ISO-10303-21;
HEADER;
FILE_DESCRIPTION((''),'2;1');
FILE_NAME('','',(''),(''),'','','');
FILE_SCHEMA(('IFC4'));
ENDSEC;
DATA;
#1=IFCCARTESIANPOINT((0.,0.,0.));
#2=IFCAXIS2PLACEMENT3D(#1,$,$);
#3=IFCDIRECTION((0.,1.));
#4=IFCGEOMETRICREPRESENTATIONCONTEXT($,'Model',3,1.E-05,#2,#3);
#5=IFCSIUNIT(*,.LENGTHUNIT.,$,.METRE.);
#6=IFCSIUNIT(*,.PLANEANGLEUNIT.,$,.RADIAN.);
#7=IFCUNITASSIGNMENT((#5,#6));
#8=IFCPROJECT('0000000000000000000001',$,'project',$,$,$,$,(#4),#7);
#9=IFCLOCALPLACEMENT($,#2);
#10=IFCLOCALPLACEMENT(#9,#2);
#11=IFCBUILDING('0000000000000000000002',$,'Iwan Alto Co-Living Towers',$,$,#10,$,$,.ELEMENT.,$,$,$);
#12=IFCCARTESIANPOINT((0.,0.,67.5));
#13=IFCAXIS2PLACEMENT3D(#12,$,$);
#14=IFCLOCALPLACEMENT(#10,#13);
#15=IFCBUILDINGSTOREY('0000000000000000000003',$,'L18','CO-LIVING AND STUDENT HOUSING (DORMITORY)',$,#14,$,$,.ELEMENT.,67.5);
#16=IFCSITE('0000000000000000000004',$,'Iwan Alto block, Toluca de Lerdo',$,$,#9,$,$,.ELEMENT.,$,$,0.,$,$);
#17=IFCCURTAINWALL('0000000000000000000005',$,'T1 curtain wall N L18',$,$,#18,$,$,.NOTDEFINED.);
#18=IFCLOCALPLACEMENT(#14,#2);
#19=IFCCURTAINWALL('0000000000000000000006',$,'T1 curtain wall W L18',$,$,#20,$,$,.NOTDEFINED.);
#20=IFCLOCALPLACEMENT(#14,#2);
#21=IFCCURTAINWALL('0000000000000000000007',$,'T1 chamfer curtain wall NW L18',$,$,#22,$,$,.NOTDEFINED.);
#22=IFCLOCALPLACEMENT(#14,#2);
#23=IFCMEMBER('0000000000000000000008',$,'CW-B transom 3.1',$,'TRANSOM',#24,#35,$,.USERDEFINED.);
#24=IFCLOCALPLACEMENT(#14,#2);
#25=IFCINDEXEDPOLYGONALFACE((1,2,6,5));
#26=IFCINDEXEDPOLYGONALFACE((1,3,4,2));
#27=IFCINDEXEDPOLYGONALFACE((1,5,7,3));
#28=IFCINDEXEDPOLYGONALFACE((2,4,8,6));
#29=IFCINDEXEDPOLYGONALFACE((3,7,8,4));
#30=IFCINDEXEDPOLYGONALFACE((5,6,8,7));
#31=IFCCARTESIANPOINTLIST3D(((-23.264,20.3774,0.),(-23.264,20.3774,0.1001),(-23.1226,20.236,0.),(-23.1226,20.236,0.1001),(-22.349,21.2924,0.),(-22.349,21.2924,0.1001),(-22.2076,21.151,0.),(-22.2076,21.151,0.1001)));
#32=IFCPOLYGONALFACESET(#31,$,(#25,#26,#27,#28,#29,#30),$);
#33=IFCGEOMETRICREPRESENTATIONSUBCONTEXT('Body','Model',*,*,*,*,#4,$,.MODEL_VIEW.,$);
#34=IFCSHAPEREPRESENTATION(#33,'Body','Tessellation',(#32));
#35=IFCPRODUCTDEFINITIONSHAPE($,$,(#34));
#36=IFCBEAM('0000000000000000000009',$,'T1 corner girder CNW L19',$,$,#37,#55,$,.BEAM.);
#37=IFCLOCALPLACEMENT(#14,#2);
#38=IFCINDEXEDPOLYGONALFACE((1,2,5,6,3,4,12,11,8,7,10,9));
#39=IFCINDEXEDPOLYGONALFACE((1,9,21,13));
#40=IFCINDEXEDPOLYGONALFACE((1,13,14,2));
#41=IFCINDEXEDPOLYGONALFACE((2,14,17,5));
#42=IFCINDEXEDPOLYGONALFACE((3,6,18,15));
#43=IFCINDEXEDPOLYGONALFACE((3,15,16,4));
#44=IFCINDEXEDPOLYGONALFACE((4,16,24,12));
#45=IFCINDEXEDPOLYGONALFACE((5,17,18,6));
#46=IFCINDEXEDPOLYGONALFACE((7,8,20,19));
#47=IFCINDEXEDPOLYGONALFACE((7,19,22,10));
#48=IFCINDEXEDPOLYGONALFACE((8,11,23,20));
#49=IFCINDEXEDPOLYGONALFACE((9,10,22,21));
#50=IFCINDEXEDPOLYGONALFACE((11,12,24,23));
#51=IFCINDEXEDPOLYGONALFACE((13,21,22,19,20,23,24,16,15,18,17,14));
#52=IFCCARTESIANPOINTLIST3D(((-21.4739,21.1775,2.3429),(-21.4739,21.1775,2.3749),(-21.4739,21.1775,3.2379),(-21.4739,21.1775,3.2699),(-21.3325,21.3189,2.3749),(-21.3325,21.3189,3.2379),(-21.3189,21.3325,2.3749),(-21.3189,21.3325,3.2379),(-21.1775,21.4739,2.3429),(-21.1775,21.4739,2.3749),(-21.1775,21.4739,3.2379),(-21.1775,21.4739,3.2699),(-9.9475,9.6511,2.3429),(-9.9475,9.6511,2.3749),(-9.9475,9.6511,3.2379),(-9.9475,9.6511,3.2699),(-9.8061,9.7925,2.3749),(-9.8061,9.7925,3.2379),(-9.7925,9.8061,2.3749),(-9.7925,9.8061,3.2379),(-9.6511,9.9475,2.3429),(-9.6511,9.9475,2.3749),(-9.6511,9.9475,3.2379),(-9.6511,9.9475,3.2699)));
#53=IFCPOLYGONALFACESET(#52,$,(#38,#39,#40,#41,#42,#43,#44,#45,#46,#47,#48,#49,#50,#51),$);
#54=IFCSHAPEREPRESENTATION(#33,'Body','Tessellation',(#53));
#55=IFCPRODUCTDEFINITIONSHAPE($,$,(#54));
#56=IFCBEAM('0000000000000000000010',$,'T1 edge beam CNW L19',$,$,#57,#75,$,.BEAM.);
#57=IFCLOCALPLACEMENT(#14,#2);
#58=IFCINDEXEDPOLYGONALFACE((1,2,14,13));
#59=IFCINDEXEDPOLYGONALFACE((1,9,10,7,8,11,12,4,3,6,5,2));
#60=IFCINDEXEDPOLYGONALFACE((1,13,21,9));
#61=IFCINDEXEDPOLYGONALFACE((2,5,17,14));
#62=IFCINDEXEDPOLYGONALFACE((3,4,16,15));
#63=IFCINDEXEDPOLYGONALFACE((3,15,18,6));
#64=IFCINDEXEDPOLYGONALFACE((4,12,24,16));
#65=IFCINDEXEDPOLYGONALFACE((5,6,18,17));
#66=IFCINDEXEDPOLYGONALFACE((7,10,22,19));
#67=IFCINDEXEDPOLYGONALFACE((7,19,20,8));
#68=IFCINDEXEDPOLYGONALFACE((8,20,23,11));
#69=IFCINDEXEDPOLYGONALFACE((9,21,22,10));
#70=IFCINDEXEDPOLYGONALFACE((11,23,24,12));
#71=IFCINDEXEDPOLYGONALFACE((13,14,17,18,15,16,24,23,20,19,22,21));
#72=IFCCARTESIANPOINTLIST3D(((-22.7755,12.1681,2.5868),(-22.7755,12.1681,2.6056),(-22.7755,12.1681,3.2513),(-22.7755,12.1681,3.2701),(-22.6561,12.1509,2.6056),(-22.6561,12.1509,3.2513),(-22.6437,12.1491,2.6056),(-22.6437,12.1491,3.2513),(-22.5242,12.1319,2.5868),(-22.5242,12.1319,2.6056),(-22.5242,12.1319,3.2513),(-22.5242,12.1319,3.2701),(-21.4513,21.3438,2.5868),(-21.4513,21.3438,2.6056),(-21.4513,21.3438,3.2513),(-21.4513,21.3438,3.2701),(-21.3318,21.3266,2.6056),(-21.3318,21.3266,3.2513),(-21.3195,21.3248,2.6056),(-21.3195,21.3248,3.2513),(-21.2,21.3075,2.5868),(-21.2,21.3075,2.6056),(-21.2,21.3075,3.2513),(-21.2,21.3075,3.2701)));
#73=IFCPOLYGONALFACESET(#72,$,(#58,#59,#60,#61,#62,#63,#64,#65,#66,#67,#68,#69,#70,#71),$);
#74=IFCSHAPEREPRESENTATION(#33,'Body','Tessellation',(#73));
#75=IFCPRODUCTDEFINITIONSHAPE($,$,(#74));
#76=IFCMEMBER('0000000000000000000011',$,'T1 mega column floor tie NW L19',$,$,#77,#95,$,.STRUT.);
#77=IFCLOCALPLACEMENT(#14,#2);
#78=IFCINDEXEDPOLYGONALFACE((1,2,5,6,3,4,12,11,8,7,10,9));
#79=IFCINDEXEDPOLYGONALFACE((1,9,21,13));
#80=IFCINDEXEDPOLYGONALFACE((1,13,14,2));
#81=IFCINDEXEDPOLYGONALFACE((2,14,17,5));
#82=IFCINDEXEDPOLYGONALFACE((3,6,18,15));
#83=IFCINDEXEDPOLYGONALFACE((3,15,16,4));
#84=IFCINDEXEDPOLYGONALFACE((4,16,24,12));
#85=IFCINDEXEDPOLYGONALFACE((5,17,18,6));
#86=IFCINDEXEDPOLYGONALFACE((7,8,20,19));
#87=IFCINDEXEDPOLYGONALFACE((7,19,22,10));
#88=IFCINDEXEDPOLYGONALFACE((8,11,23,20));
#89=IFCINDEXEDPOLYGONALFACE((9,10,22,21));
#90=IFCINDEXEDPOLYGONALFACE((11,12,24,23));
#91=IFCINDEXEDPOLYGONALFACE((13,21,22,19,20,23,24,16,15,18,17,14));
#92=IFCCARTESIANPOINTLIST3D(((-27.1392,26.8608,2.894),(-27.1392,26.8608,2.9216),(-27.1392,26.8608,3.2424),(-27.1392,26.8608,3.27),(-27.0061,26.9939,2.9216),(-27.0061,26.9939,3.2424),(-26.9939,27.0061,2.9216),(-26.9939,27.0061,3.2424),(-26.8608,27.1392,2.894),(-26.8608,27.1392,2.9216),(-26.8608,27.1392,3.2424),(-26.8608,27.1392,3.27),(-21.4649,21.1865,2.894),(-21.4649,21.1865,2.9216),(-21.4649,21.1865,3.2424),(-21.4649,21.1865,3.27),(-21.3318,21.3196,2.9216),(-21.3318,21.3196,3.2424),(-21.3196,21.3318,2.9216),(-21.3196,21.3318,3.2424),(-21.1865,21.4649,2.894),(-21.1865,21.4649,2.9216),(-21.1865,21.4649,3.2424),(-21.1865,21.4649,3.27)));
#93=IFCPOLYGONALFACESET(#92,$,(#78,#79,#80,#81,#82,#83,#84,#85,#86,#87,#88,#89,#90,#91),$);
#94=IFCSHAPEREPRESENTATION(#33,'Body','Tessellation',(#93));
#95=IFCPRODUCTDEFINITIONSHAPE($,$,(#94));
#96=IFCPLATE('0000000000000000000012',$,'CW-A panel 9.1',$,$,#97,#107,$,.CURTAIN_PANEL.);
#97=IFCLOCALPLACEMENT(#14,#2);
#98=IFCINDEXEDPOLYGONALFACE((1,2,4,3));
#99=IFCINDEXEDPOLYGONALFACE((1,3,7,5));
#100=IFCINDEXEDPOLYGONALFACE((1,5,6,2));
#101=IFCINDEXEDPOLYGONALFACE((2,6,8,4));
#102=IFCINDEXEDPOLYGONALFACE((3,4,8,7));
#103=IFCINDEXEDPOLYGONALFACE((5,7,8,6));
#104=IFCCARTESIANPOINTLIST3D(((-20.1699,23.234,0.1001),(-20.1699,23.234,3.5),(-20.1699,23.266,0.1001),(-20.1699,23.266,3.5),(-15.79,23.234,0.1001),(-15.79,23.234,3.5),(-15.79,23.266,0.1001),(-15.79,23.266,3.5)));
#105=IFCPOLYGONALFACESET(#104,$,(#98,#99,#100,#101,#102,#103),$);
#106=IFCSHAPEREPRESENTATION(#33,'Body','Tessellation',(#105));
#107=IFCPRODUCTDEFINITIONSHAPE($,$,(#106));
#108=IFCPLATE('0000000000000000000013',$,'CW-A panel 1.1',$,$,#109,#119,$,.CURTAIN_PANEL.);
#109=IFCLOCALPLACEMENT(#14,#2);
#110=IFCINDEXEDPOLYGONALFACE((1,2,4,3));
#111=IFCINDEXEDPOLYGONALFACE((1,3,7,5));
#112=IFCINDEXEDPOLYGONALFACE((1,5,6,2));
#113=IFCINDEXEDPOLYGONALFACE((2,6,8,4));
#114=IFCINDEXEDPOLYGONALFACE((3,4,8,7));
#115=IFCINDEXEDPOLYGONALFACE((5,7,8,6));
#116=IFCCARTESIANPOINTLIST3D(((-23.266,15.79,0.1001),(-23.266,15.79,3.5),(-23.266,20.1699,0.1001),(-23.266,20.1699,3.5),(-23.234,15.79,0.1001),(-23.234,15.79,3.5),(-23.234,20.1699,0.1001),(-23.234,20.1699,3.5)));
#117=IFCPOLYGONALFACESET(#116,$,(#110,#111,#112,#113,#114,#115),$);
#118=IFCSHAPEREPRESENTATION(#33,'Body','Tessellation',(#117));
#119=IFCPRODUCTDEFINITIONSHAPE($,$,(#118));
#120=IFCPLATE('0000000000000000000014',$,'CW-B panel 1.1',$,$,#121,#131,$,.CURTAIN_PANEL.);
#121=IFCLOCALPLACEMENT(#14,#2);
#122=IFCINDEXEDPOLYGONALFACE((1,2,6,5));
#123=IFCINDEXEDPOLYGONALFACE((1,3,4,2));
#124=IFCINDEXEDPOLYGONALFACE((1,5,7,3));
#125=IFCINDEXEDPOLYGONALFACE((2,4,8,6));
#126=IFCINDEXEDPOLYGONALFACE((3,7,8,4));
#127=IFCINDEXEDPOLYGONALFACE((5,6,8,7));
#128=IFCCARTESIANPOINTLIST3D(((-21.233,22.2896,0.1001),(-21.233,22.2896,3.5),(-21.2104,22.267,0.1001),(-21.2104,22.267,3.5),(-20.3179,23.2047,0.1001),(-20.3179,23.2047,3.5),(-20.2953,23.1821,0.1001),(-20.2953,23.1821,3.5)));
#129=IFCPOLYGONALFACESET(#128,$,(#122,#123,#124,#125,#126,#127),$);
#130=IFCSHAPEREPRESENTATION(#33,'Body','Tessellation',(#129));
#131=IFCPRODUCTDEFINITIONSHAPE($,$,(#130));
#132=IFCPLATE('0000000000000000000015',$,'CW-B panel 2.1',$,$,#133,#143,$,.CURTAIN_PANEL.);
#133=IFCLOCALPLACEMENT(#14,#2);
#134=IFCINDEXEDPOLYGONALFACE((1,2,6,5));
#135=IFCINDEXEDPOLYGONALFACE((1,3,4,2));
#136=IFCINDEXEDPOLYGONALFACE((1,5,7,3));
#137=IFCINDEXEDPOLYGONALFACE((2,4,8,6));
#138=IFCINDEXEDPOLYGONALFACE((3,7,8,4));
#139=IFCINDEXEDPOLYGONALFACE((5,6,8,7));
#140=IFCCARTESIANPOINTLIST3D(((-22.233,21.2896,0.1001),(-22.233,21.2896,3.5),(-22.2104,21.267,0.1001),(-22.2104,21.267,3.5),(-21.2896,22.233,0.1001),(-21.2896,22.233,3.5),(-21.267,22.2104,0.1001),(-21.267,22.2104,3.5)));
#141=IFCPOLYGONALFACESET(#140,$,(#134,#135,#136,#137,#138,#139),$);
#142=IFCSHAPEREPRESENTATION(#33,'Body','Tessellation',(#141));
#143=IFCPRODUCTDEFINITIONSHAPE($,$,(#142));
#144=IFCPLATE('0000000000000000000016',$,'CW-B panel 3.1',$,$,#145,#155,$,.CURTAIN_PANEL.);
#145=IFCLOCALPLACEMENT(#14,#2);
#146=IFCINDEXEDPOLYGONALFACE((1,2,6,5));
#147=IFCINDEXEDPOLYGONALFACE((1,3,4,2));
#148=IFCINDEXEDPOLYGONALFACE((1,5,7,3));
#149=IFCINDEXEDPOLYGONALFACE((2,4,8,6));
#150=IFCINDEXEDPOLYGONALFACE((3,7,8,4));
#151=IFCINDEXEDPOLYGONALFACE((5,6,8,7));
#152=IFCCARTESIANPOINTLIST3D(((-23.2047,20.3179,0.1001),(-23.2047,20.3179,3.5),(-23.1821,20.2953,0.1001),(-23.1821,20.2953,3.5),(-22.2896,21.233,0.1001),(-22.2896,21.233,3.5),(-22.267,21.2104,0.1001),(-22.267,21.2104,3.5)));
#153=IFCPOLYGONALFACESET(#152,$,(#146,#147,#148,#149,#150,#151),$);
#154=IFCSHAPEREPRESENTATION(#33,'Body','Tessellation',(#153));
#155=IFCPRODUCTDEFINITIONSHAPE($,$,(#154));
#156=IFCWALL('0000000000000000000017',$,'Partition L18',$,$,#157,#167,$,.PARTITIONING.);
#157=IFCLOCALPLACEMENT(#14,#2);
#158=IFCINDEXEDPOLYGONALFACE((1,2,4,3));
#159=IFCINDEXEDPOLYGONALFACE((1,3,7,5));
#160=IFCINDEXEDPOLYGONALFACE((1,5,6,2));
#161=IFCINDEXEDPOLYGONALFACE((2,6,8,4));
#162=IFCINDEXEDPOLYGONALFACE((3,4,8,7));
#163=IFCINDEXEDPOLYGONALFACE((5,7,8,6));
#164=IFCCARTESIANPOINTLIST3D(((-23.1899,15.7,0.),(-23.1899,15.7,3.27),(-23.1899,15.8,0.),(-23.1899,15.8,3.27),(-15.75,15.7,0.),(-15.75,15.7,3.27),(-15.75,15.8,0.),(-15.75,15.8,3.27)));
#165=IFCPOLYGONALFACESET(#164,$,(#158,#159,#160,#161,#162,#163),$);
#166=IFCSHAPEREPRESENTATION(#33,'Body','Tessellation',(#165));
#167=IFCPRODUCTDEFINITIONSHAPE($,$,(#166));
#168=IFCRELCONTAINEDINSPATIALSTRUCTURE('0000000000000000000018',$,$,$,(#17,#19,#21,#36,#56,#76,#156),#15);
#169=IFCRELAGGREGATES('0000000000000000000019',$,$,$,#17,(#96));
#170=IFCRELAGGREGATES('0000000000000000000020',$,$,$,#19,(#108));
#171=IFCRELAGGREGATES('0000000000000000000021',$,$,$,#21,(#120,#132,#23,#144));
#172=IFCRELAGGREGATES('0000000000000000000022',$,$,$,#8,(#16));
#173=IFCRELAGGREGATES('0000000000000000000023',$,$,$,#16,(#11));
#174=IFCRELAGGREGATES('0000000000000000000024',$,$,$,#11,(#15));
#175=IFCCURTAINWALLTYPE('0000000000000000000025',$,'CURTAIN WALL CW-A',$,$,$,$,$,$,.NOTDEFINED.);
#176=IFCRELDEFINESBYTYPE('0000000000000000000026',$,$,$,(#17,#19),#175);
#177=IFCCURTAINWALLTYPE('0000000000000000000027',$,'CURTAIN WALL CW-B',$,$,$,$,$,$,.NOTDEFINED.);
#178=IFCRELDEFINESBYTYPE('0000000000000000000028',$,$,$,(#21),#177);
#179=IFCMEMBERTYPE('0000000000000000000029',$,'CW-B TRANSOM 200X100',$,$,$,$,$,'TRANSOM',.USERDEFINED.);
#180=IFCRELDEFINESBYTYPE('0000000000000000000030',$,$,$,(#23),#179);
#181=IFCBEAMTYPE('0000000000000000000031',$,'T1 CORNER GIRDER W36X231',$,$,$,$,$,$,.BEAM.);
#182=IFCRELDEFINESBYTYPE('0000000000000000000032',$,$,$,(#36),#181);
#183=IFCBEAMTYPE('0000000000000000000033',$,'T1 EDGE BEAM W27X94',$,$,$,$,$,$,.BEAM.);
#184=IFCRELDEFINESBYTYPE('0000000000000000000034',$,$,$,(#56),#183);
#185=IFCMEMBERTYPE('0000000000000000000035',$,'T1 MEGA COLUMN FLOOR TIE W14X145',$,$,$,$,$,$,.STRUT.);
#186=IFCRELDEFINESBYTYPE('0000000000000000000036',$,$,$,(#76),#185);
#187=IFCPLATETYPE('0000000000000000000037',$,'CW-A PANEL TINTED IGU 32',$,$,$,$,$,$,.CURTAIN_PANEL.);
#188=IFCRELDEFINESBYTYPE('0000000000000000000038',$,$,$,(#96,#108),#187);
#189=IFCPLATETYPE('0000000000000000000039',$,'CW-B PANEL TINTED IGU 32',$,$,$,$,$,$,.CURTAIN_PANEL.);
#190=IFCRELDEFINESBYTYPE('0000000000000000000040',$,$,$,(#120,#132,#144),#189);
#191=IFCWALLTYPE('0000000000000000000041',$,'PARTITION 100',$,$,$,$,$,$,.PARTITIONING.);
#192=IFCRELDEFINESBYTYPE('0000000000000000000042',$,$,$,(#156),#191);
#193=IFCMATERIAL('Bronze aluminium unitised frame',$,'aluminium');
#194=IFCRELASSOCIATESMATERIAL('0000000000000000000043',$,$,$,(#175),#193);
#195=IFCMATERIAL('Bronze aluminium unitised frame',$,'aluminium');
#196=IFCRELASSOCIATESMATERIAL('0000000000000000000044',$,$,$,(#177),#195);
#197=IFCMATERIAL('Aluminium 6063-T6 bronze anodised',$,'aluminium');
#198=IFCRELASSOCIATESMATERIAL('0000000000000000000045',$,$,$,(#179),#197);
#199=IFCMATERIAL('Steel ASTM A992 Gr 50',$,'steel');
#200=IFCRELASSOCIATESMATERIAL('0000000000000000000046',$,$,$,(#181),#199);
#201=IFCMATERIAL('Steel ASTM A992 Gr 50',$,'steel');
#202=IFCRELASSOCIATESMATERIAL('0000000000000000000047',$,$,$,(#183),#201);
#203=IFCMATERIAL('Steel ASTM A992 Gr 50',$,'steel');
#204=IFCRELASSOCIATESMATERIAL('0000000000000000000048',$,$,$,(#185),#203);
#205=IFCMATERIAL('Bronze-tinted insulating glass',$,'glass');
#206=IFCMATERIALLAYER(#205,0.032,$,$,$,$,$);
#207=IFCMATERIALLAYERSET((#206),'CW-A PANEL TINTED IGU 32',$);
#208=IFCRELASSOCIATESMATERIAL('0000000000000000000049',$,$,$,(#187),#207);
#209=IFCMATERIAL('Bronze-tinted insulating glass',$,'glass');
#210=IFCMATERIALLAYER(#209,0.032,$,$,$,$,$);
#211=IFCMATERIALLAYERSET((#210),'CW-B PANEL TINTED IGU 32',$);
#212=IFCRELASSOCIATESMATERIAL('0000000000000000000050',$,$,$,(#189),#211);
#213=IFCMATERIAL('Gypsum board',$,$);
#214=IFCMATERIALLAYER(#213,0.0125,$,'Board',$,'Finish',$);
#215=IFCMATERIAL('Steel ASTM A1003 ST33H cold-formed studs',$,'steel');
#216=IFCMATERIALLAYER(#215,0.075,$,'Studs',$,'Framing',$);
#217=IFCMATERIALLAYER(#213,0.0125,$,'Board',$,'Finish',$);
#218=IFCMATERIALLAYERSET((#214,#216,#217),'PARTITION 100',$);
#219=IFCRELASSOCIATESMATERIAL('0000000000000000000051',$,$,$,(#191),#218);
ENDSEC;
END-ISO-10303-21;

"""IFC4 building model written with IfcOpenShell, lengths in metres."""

from ifc_helpers import new_model, si_unit, direction, frame, frame_2d, origin, origin_2d, place, context, subcontext, project, spatial, rectangle, i_section, extrude, material, layer, layer_set, material_profile, profile_set, type_object, element, aggregate, save


model = new_model("IFC4")

# Units and contexts
model_context = context("Model", 3, precision=1e-05, world=origin(), true_north=direction((0.0, 1.0)))
body_context = subcontext(model_context, "Body", "Model", "MODEL_VIEW")
ifc_project = project(units=[si_unit("LENGTHUNIT", "METRE"), si_unit("PLANEANGLEUNIT", "RADIAN")], contexts=[model_context])

# Site, building, storey
site_placement = place(None, origin())
site = spatial("IfcSite", under=ifc_project, at=site_placement, Name="Iwan Alto block, Toluca de Lerdo", CompositionType="ELEMENT", RefElevation=0.0)
building_placement = place(site_placement, origin())
building = spatial("IfcBuilding", under=site, at=building_placement, Name="Iwan Alto Co-Living Towers", CompositionType="ELEMENT")
storey_placement = place(building_placement, frame((0.0, 0.0, 67.5)))
storey = spatial("IfcBuildingStorey", under=building, at=storey_placement, Name="L18", Description="CO-LIVING AND STUDENT HOUSING (DORMITORY)", CompositionType="ELEMENT", Elevation=67.5)

# Curtain wall
ifc_material_1 = material(Name="Bronze aluminium unitised frame", Category="aluminium")
curtain_wall_type_1 = type_object("IfcCurtainWallType", Name="CURTAIN WALL CW-A", PredefinedType="NOTDEFINED", material=ifc_material_1)
curtain_wall_1_placement = place(storey_placement, origin())
curtain_wall_1 = element("IfcCurtainWall", 1, at=curtain_wall_1_placement, inside=storey, type_object=curtain_wall_type_1, Name="T1 curtain wall N L18", PredefinedType="NOTDEFINED")

# Curtain walls, member
curtain_wall_2_placement = place(storey_placement, origin())
curtain_wall_2 = element("IfcCurtainWall", 2, at=curtain_wall_2_placement, inside=storey, type_object=curtain_wall_type_1, Name="T1 curtain wall W L18", PredefinedType="NOTDEFINED")
ifc_material_2 = material(Name="Bronze aluminium unitised frame", Category="aluminium")
curtain_wall_type_2 = type_object("IfcCurtainWallType", Name="CURTAIN WALL CW-B", PredefinedType="NOTDEFINED", material=ifc_material_2)
curtain_wall_3_placement = place(storey_placement, origin())
curtain_wall_3 = element("IfcCurtainWall", 3, at=curtain_wall_3_placement, inside=storey, type_object=curtain_wall_type_2, Name="T1 chamfer curtain wall NW L18", PredefinedType="NOTDEFINED")
ifc_material_3 = material(Name="Aluminium 6063-T6 bronze anodised", Category="aluminium")
ifc_material_profile_1 = material_profile(ifc_material_3, rectangle(XDim=0.2, YDim=0.1001, at=origin_2d()), Name="AL 200X100")
ifc_profile_set_1 = profile_set([ifc_material_profile_1], Name="Aluminium 6063-T6 bronze anodised")
member_type_1 = type_object("IfcMemberType", Name="CW-B TRANSOM 200X100", ElementType="TRANSOM", PredefinedType="USERDEFINED", material=ifc_profile_set_1)
member_1_placement = place(storey_placement, frame((-22.2783, 21.2217, 0.05), z_axis=(-0.707107, -0.707107, 0.0), x_axis=(0.707107, -0.707107, 0.0)))
member_1 = element("IfcMember", 4, at=member_1_placement, type_object=member_type_1, Name="CW-B transom 3.1", ObjectType="TRANSOM", PredefinedType="USERDEFINED", context=body_context, shape_type="SweptSolid", body=[
    extrude(rectangle(XDim=0.2, YDim=0.1001, at=origin_2d()), origin(), (0.0, 0.0, 1.0), 1.2939),
])

# Beams
ifc_material_4 = material(Name="Steel ASTM A992 Gr 50", Category="steel")
ifc_material_profile_2 = material_profile(ifc_material_4, i_section(OverallWidth=0.4192, OverallDepth=0.927, WebThickness=0.0193, FlangeThickness=0.032, at=origin_2d()), Name="W36X231")
ifc_profile_set_2 = profile_set([ifc_material_profile_2], Name="Steel ASTM A992 Gr 50")
beam_type_1 = type_object("IfcBeamType", Name="T1 CORNER GIRDER W36X231", PredefinedType="BEAM", material=ifc_profile_set_2)
beam_1_placement = place(storey_placement, frame((-21.3257, 21.3257, 2.8064), z_axis=(0.707107, -0.707107, 0.0), x_axis=(0.707107, 0.707107, 0.0)))
element("IfcBeam", 5, at=beam_1_placement, inside=storey, type_object=beam_type_1, Name="T1 corner girder CNW L19", PredefinedType="BEAM", context=body_context, shape_type="SweptSolid", body=[
    extrude(i_section(OverallWidth=0.4192, OverallDepth=0.927, WebThickness=0.0193, FlangeThickness=0.032, at=origin_2d()), origin(), (0.0, 0.0, 1.0), 16.3008),
])
ifc_material_5 = material(Name="Steel ASTM A992 Gr 50", Category="steel")
ifc_material_profile_3 = material_profile(ifc_material_5, i_section(OverallWidth=0.2539, OverallDepth=0.6833, WebThickness=0.0125, FlangeThickness=0.0188, at=origin_2d()), Name="W27X94")
ifc_profile_set_3 = profile_set([ifc_material_profile_3], Name="Steel ASTM A992 Gr 50")
beam_type_2 = type_object("IfcBeamType", Name="T1 EDGE BEAM W27X94", PredefinedType="BEAM", material=ifc_profile_set_3)
beam_2_placement = place(storey_placement, frame((-21.3257, 21.3257, 2.9285), z_axis=(-0.142837, -0.989746, 0.0), x_axis=(0.989746, -0.142837, 0.0)))
element("IfcBeam", 6, at=beam_2_placement, inside=storey, type_object=beam_type_2, Name="T1 edge beam CNW L19", PredefinedType="BEAM", context=body_context, shape_type="SweptSolid", body=[
    extrude(i_section(OverallWidth=0.2539, OverallDepth=0.6833, WebThickness=0.0125, FlangeThickness=0.0188, at=origin_2d()), origin(), (0.0, 0.0, 1.0), 9.2708),
])

# Member
ifc_material_6 = material(Name="Steel ASTM A992 Gr 50", Category="steel")
ifc_material_profile_4 = material_profile(ifc_material_6, i_section(OverallWidth=0.3938, OverallDepth=0.376, WebThickness=0.0173, FlangeThickness=0.0276, at=origin_2d()), Name="W14X145")
ifc_profile_set_4 = profile_set([ifc_material_profile_4], Name="Steel ASTM A992 Gr 50")
member_type_2 = type_object("IfcMemberType", Name="T1 MEGA COLUMN FLOOR TIE W14X145", PredefinedType="STRUT", material=ifc_profile_set_4)
member_2_placement = place(storey_placement, frame((-27.0, 27.0, 3.082), z_axis=(0.707107, -0.707107, 0.0), x_axis=(0.707107, 0.707107, 0.0)))
element("IfcMember", 7, at=member_2_placement, inside=storey, type_object=member_type_2, Name="T1 mega column floor tie NW L19", PredefinedType="STRUT", context=body_context, shape_type="SweptSolid", body=[
    extrude(i_section(OverallWidth=0.3938, OverallDepth=0.376, WebThickness=0.0173, FlangeThickness=0.0276, at=origin_2d()), origin(), (0.0, 0.0, 1.0), 8.0247),
])

# Plates
ifc_material_7 = material(Name="Bronze-tinted insulating glass", Category="glass")
ifc_layer_1 = layer(ifc_material_7, 0.032)
ifc_layer_set_1 = layer_set([ifc_layer_1], Name="CW-A PANEL TINTED IGU 32")
plate_type_1 = type_object("IfcPlateType", Name="CW-A PANEL TINTED IGU 32", PredefinedType="CURTAIN_PANEL", material=ifc_layer_set_1)
plate_1_placement = place(storey_placement, frame((-17.98, 23.25, 0.1001), z_axis=(0.0, 0.0, 1.0), x_axis=(-1.0, 0.0, 0.0)))
plate_1 = element("IfcPlate", 8, at=plate_1_placement, type_object=plate_type_1, Name="CW-A panel 9.1", PredefinedType="CURTAIN_PANEL", context=body_context, shape_type="SweptSolid", body=[
    extrude(rectangle(XDim=4.3799, YDim=0.032, at=origin_2d()), origin(), (0.0, 0.0, 1.0), 3.3999),
])
aggregate(curtain_wall_1, [plate_1])
plate_2_placement = place(storey_placement, frame((-23.25, 17.98, 0.1001), z_axis=(0.0, 0.0, 1.0), x_axis=(0.0, -1.0, 0.0)))
plate_2 = element("IfcPlate", 9, at=plate_2_placement, type_object=plate_type_1, Name="CW-A panel 1.1", PredefinedType="CURTAIN_PANEL", context=body_context, shape_type="SweptSolid", body=[
    extrude(rectangle(XDim=4.3799, YDim=0.032, at=origin_2d()), origin(), (0.0, 0.0, 1.0), 3.3999),
])
aggregate(curtain_wall_2, [plate_2])
ifc_material_8 = material(Name="Bronze-tinted insulating glass", Category="glass")
ifc_layer_2 = layer(ifc_material_8, 0.032)
ifc_layer_set_2 = layer_set([ifc_layer_2], Name="CW-B PANEL TINTED IGU 32")
plate_type_2 = type_object("IfcPlateType", Name="CW-B PANEL TINTED IGU 32", PredefinedType="CURTAIN_PANEL", material=ifc_layer_set_2)
plate_3_placement = place(storey_placement, frame((-20.7642, 22.7358, 0.1001), z_axis=(0.0, 0.0, 1.0), x_axis=(-0.707107, -0.707107, 0.0)))
plate_3 = element("IfcPlate", 10, at=plate_3_placement, type_object=plate_type_2, Name="CW-B panel 1.1", PredefinedType="CURTAIN_PANEL", context=body_context, shape_type="SweptSolid", body=[
    extrude(rectangle(XDim=1.2942, YDim=0.032, at=origin_2d()), origin(), (0.0, 0.0, 1.0), 3.3999),
])
plate_4_placement = place(storey_placement, frame((-21.75, 21.75, 0.1001), z_axis=(0.0, 0.0, 1.0), x_axis=(-0.707107, -0.707107, 0.0)))
plate_4 = element("IfcPlate", 11, at=plate_4_placement, type_object=plate_type_2, Name="CW-B panel 2.1", PredefinedType="CURTAIN_PANEL", context=body_context, shape_type="SweptSolid", body=[
    extrude(rectangle(XDim=1.3342, YDim=0.032, at=origin_2d()), origin(), (0.0, 0.0, 1.0), 3.3999),
])
plate_5_placement = place(storey_placement, frame((-22.7358, 20.7642, 0.1001), z_axis=(0.0, 0.0, 1.0), x_axis=(-0.707107, -0.707107, 0.0)))
plate_5 = element("IfcPlate", 12, at=plate_5_placement, type_object=plate_type_2, Name="CW-B panel 3.1", PredefinedType="CURTAIN_PANEL", context=body_context, shape_type="SweptSolid", body=[
    extrude(rectangle(XDim=1.2942, YDim=0.032, at=origin_2d()), origin(), (0.0, 0.0, 1.0), 3.3999),
])
aggregate(curtain_wall_3, [plate_3, plate_4, member_1, plate_5])

# Wall
ifc_material_9 = material(Name="Gypsum board")
ifc_layer_3 = layer(ifc_material_9, 0.0125, Name="Board", Category="Finish")
ifc_material_10 = material(Name="Steel ASTM A1003 ST33H cold-formed studs", Category="steel")
ifc_layer_4 = layer(ifc_material_10, 0.075, Name="Studs", Category="Framing")
ifc_layer_5 = layer(ifc_material_9, 0.0125, Name="Board", Category="Finish")
ifc_layer_set_3 = layer_set([ifc_layer_3, ifc_layer_4, ifc_layer_5], Name="PARTITION 100")
wall_type = type_object("IfcWallType", Name="PARTITION 100", PredefinedType="PARTITIONING", material=ifc_layer_set_3)
wall_placement = place(storey_placement, frame((-23.1899, 15.75, 0.0), z_axis=(0.0, 0.0, 1.0), x_axis=(1.0, 0.0, 0.0)))
element("IfcWall", 13, at=wall_placement, inside=storey, type_object=wall_type, Name="Partition L18", PredefinedType="PARTITIONING", context=body_context, shape_type="SweptSolid", body=[
    extrude(rectangle(XDim=7.4399, YDim=0.1001, at=frame_2d((3.72, 0.0))), origin(), (0.0, 0.0, 1.0), 3.27),
])

save(model, "model.ifc")
